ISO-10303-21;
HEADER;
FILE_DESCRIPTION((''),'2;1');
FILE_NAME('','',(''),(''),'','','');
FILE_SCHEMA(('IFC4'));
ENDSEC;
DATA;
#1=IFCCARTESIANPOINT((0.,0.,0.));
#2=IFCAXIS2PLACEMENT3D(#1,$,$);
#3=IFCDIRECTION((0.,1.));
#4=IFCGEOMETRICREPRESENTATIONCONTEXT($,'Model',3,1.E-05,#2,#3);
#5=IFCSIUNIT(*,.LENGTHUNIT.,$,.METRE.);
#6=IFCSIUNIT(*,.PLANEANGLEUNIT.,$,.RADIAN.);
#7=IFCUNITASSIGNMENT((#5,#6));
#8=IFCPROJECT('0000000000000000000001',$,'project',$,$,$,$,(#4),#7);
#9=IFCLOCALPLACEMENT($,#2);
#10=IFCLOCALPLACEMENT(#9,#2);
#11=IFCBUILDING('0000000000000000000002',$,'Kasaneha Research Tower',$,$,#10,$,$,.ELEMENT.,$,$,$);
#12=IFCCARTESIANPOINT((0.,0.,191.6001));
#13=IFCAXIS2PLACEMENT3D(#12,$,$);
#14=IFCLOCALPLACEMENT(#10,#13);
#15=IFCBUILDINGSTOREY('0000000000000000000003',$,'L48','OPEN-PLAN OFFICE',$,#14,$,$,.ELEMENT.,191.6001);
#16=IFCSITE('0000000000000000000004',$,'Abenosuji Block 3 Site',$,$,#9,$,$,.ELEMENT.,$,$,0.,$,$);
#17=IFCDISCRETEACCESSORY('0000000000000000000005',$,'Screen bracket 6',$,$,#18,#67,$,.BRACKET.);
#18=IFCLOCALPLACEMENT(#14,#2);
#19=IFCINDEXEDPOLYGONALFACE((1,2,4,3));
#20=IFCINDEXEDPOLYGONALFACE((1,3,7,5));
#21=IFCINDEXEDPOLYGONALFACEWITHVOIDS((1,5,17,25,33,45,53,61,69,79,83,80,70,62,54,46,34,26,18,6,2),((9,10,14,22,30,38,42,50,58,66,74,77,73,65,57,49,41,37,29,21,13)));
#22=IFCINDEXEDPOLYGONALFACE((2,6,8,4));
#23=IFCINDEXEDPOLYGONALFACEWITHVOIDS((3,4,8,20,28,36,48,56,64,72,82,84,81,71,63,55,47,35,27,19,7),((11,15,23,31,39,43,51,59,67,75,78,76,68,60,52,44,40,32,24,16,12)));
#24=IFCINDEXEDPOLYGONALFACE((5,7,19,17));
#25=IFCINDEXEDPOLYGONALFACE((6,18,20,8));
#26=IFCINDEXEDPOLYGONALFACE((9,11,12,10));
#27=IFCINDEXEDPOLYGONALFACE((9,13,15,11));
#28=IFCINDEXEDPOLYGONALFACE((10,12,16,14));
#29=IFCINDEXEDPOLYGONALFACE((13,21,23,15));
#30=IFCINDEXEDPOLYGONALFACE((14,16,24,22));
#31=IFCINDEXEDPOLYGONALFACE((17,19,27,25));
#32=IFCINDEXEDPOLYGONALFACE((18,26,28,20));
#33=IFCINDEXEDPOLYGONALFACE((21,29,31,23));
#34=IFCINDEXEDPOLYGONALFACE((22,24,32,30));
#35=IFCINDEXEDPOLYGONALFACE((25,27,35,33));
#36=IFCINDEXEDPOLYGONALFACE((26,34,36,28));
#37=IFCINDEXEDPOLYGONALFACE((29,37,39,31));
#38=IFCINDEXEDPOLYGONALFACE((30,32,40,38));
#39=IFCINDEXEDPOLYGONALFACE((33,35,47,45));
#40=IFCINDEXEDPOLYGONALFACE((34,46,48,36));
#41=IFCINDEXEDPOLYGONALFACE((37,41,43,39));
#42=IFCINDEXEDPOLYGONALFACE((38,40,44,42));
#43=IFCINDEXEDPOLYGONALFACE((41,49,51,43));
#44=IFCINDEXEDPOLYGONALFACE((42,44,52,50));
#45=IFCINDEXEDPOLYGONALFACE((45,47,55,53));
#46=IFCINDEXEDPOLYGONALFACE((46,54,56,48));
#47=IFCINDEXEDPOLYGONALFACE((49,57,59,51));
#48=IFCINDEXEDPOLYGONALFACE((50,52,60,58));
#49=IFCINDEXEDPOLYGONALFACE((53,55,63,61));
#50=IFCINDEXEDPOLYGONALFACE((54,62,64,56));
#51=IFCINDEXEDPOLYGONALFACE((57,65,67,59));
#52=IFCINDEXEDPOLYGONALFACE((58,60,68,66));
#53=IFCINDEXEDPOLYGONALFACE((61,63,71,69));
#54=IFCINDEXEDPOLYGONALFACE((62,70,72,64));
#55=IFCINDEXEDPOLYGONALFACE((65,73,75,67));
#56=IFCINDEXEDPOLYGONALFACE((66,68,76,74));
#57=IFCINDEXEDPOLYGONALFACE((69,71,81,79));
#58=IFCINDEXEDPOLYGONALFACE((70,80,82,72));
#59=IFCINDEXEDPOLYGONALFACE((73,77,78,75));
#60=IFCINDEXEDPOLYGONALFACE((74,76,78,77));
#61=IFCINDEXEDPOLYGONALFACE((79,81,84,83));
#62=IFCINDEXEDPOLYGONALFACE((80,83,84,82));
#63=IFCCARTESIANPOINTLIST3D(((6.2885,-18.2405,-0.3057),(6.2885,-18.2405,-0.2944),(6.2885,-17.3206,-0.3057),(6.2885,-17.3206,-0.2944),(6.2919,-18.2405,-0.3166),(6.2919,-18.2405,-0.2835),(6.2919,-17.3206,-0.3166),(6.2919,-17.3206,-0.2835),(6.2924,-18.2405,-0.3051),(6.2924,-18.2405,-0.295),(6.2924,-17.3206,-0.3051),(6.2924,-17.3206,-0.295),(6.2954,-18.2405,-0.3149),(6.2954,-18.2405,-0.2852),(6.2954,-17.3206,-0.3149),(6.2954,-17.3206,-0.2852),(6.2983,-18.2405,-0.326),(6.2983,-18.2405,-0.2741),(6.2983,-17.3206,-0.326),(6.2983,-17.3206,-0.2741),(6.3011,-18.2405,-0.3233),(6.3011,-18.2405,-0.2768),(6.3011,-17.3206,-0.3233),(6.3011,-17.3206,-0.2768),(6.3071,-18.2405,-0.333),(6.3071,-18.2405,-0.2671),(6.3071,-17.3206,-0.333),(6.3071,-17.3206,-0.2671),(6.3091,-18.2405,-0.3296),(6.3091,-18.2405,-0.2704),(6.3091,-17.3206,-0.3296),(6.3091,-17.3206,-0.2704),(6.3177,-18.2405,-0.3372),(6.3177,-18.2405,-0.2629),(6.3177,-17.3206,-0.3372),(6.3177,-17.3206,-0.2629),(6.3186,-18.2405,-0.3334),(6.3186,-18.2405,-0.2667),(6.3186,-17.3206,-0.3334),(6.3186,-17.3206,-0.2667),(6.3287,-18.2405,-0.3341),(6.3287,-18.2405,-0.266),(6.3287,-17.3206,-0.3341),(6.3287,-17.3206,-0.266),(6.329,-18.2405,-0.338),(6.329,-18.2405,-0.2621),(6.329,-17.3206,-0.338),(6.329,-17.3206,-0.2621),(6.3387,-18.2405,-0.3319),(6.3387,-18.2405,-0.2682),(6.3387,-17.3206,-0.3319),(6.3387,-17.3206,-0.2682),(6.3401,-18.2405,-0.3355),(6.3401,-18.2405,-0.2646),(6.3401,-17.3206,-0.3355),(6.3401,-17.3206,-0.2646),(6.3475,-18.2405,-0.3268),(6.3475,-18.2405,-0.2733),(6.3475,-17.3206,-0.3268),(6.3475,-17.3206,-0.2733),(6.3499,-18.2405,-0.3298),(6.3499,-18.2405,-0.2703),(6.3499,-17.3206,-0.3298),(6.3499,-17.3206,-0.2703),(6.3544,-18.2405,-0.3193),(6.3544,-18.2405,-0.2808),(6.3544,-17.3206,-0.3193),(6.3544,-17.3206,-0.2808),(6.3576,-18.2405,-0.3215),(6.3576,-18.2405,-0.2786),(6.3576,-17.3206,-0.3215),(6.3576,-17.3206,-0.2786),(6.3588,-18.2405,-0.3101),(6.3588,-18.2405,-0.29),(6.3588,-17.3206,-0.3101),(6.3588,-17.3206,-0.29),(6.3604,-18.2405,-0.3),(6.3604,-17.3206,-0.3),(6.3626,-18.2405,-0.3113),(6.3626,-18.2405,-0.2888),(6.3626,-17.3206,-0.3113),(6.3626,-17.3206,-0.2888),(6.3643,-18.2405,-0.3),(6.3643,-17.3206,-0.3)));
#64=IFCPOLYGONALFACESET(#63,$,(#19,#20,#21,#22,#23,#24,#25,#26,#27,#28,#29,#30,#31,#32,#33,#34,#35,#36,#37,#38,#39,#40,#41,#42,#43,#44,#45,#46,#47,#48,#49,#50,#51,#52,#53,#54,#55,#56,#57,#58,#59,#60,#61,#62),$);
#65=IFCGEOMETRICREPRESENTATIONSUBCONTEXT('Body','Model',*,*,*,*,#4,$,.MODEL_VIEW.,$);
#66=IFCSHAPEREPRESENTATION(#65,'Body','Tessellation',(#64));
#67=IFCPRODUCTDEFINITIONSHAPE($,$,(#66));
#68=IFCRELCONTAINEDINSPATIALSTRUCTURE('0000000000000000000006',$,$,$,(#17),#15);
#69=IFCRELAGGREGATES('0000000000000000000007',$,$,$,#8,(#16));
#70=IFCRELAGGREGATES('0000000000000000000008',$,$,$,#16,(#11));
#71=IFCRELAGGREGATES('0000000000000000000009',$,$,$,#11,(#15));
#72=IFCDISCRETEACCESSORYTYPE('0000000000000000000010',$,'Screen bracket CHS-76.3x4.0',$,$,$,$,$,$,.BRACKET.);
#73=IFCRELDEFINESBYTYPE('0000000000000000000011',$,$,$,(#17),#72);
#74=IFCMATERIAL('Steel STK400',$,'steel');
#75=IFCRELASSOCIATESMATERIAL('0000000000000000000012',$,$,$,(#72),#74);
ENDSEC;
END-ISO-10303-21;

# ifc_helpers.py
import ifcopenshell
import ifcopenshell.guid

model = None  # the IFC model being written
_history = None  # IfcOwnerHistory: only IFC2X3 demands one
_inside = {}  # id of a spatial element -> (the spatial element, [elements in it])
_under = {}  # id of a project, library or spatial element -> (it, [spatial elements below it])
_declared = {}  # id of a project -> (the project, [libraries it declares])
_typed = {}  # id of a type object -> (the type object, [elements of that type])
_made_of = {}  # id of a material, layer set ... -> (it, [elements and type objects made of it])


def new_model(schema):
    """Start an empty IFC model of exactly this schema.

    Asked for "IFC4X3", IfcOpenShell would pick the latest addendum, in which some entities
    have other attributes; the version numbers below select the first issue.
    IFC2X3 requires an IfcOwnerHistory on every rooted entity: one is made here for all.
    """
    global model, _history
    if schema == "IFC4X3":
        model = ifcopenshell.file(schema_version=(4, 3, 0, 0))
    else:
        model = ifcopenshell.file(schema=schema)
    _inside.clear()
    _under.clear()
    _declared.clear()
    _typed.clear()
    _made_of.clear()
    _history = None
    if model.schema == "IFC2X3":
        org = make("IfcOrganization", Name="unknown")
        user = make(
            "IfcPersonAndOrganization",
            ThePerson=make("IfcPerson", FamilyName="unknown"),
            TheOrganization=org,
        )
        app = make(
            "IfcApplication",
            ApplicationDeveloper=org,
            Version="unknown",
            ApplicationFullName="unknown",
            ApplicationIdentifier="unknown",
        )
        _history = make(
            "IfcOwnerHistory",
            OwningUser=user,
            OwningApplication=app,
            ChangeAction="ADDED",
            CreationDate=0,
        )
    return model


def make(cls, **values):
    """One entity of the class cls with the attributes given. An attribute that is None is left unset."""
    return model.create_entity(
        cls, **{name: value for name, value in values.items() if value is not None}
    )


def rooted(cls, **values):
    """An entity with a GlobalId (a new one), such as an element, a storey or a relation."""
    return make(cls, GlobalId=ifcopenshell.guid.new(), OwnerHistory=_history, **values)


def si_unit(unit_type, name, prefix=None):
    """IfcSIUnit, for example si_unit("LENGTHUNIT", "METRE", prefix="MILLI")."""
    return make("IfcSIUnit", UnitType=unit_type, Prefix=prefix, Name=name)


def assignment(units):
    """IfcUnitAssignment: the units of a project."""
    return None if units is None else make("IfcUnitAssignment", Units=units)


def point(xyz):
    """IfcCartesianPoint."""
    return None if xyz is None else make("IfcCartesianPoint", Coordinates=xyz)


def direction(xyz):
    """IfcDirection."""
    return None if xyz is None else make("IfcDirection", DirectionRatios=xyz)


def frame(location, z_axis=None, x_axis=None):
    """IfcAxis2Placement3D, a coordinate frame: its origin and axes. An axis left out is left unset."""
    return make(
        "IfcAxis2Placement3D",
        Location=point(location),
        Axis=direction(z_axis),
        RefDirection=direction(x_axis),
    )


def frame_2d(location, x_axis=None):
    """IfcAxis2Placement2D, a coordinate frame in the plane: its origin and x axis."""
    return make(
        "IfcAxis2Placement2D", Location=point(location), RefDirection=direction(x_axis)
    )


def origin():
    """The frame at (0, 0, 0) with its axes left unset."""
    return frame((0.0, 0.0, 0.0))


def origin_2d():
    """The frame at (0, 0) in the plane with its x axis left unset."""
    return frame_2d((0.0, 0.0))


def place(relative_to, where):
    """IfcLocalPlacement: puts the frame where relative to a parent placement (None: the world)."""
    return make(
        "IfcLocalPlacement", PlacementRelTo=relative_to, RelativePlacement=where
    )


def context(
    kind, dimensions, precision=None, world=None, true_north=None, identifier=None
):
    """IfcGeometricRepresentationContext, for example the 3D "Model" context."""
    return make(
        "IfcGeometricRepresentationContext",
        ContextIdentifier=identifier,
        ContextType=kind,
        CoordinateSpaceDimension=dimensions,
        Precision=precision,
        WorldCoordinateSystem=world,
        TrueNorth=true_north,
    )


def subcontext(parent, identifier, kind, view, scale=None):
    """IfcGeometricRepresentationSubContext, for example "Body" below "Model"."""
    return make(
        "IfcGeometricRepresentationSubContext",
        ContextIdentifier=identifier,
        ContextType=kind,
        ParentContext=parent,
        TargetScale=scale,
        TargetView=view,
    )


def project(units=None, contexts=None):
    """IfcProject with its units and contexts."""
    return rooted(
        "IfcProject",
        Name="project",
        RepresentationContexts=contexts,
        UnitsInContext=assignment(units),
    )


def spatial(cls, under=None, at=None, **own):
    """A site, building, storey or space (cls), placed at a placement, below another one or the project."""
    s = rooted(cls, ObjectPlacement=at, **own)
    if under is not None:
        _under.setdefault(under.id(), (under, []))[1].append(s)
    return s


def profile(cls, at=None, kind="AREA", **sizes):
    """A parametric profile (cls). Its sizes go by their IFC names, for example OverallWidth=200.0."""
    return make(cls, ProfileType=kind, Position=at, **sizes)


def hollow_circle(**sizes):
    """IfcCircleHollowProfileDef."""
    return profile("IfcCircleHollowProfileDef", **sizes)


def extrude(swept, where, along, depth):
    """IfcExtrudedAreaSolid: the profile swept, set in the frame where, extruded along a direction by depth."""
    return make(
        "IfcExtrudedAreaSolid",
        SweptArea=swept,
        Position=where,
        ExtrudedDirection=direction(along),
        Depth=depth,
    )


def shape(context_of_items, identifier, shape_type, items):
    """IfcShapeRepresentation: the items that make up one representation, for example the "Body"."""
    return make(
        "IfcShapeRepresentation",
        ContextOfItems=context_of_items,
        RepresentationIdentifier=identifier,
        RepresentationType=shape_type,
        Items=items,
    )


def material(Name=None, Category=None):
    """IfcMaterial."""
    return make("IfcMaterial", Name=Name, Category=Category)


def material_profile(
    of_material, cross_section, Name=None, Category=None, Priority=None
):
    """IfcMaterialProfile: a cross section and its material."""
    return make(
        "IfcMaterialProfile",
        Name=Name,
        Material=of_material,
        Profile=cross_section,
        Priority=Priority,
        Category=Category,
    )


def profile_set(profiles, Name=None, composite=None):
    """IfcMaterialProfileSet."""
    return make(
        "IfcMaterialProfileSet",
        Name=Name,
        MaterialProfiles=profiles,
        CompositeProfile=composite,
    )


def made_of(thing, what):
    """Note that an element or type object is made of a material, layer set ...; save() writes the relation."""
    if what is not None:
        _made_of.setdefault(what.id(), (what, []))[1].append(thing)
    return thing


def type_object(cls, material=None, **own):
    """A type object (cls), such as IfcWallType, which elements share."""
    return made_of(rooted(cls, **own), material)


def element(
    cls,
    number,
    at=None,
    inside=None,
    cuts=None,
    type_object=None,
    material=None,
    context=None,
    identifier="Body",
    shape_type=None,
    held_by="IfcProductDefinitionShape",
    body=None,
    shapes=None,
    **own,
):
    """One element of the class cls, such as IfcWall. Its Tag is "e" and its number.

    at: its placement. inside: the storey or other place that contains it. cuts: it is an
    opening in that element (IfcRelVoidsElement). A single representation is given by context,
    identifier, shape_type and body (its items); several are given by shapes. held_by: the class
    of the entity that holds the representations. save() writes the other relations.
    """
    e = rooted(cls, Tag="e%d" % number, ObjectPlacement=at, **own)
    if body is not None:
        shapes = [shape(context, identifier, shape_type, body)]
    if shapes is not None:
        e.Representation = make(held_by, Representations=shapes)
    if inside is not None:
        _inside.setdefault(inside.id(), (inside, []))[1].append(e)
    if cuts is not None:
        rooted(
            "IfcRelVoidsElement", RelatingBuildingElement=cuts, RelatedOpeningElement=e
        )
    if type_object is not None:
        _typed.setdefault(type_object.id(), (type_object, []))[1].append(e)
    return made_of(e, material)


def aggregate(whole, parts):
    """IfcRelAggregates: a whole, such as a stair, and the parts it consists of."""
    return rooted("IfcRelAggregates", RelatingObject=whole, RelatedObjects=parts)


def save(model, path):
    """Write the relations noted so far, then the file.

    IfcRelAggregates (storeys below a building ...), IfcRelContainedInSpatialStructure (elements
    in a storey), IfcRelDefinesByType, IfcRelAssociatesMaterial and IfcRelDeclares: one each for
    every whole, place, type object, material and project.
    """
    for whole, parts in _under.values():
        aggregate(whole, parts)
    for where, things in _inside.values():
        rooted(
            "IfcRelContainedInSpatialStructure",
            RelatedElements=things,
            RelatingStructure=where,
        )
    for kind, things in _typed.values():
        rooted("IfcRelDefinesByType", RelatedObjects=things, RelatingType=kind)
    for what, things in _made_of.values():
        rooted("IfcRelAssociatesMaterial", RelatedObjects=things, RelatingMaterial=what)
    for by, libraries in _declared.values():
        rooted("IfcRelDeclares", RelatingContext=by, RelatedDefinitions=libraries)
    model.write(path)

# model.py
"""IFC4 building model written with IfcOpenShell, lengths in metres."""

from ifc_helpers import new_model, si_unit, direction, frame, origin, origin_2d, place, context, subcontext, project, spatial, hollow_circle, extrude, material, material_profile, profile_set, type_object, element, save


model = new_model("IFC4")

# Units and contexts
model_context = context("Model", 3, precision=1e-05, world=origin(), true_north=direction((0.0, 1.0)))
body_context = subcontext(model_context, "Body", "Model", "MODEL_VIEW")
ifc_project = project(units=[si_unit("LENGTHUNIT", "METRE"), si_unit("PLANEANGLEUNIT", "RADIAN")], contexts=[model_context])

# Site, building, storey
site_placement = place(None, origin())
site = spatial("IfcSite", under=ifc_project, at=site_placement, Name="Abenosuji Block 3 Site", CompositionType="ELEMENT", RefElevation=0.0)
building_placement = place(site_placement, origin())
building = spatial("IfcBuilding", under=site, at=building_placement, Name="Kasaneha Research Tower", CompositionType="ELEMENT")
storey_placement = place(building_placement, frame((0.0, 0.0, 191.6001)))
storey = spatial("IfcBuildingStorey", under=building, at=storey_placement, Name="L48", Description="OPEN-PLAN OFFICE", CompositionType="ELEMENT", Elevation=191.6001)

# Discrete accessory
ifc_material_1 = material(Name="Steel STK400", Category="steel")
ifc_material_profile_1 = material_profile(ifc_material_1, hollow_circle(Radius=0.0381, WallThickness=0.0039, at=origin_2d()), Name="CHS-76.3x4.0")
ifc_profile_set_1 = profile_set([ifc_material_profile_1], Name="Steel STK400")
discrete_accessory_type = type_object("IfcDiscreteAccessoryType", Name="Screen bracket CHS-76.3x4.0", PredefinedType="BRACKET", material=ifc_profile_set_1)
for number, where, z_axis, x_axis, name in (
    (1, (6.3262, -17.3206, -0.3), (0.0, -1.0, 0.0), (1.0, 0.0, 0.0), "Screen bracket 6"),
):
    element("IfcDiscreteAccessory", number, at=place(storey_placement, frame(where, z_axis=z_axis, x_axis=x_axis)), inside=storey, type_object=discrete_accessory_type, Name=name, PredefinedType="BRACKET", context=body_context, shape_type="SweptSolid", body=[
        extrude(hollow_circle(Radius=0.0381, WallThickness=0.0039, at=origin_2d()), origin(), (0.0, 0.0, 1.0), 0.9199),
    ])

save(model, "model.ifc")
